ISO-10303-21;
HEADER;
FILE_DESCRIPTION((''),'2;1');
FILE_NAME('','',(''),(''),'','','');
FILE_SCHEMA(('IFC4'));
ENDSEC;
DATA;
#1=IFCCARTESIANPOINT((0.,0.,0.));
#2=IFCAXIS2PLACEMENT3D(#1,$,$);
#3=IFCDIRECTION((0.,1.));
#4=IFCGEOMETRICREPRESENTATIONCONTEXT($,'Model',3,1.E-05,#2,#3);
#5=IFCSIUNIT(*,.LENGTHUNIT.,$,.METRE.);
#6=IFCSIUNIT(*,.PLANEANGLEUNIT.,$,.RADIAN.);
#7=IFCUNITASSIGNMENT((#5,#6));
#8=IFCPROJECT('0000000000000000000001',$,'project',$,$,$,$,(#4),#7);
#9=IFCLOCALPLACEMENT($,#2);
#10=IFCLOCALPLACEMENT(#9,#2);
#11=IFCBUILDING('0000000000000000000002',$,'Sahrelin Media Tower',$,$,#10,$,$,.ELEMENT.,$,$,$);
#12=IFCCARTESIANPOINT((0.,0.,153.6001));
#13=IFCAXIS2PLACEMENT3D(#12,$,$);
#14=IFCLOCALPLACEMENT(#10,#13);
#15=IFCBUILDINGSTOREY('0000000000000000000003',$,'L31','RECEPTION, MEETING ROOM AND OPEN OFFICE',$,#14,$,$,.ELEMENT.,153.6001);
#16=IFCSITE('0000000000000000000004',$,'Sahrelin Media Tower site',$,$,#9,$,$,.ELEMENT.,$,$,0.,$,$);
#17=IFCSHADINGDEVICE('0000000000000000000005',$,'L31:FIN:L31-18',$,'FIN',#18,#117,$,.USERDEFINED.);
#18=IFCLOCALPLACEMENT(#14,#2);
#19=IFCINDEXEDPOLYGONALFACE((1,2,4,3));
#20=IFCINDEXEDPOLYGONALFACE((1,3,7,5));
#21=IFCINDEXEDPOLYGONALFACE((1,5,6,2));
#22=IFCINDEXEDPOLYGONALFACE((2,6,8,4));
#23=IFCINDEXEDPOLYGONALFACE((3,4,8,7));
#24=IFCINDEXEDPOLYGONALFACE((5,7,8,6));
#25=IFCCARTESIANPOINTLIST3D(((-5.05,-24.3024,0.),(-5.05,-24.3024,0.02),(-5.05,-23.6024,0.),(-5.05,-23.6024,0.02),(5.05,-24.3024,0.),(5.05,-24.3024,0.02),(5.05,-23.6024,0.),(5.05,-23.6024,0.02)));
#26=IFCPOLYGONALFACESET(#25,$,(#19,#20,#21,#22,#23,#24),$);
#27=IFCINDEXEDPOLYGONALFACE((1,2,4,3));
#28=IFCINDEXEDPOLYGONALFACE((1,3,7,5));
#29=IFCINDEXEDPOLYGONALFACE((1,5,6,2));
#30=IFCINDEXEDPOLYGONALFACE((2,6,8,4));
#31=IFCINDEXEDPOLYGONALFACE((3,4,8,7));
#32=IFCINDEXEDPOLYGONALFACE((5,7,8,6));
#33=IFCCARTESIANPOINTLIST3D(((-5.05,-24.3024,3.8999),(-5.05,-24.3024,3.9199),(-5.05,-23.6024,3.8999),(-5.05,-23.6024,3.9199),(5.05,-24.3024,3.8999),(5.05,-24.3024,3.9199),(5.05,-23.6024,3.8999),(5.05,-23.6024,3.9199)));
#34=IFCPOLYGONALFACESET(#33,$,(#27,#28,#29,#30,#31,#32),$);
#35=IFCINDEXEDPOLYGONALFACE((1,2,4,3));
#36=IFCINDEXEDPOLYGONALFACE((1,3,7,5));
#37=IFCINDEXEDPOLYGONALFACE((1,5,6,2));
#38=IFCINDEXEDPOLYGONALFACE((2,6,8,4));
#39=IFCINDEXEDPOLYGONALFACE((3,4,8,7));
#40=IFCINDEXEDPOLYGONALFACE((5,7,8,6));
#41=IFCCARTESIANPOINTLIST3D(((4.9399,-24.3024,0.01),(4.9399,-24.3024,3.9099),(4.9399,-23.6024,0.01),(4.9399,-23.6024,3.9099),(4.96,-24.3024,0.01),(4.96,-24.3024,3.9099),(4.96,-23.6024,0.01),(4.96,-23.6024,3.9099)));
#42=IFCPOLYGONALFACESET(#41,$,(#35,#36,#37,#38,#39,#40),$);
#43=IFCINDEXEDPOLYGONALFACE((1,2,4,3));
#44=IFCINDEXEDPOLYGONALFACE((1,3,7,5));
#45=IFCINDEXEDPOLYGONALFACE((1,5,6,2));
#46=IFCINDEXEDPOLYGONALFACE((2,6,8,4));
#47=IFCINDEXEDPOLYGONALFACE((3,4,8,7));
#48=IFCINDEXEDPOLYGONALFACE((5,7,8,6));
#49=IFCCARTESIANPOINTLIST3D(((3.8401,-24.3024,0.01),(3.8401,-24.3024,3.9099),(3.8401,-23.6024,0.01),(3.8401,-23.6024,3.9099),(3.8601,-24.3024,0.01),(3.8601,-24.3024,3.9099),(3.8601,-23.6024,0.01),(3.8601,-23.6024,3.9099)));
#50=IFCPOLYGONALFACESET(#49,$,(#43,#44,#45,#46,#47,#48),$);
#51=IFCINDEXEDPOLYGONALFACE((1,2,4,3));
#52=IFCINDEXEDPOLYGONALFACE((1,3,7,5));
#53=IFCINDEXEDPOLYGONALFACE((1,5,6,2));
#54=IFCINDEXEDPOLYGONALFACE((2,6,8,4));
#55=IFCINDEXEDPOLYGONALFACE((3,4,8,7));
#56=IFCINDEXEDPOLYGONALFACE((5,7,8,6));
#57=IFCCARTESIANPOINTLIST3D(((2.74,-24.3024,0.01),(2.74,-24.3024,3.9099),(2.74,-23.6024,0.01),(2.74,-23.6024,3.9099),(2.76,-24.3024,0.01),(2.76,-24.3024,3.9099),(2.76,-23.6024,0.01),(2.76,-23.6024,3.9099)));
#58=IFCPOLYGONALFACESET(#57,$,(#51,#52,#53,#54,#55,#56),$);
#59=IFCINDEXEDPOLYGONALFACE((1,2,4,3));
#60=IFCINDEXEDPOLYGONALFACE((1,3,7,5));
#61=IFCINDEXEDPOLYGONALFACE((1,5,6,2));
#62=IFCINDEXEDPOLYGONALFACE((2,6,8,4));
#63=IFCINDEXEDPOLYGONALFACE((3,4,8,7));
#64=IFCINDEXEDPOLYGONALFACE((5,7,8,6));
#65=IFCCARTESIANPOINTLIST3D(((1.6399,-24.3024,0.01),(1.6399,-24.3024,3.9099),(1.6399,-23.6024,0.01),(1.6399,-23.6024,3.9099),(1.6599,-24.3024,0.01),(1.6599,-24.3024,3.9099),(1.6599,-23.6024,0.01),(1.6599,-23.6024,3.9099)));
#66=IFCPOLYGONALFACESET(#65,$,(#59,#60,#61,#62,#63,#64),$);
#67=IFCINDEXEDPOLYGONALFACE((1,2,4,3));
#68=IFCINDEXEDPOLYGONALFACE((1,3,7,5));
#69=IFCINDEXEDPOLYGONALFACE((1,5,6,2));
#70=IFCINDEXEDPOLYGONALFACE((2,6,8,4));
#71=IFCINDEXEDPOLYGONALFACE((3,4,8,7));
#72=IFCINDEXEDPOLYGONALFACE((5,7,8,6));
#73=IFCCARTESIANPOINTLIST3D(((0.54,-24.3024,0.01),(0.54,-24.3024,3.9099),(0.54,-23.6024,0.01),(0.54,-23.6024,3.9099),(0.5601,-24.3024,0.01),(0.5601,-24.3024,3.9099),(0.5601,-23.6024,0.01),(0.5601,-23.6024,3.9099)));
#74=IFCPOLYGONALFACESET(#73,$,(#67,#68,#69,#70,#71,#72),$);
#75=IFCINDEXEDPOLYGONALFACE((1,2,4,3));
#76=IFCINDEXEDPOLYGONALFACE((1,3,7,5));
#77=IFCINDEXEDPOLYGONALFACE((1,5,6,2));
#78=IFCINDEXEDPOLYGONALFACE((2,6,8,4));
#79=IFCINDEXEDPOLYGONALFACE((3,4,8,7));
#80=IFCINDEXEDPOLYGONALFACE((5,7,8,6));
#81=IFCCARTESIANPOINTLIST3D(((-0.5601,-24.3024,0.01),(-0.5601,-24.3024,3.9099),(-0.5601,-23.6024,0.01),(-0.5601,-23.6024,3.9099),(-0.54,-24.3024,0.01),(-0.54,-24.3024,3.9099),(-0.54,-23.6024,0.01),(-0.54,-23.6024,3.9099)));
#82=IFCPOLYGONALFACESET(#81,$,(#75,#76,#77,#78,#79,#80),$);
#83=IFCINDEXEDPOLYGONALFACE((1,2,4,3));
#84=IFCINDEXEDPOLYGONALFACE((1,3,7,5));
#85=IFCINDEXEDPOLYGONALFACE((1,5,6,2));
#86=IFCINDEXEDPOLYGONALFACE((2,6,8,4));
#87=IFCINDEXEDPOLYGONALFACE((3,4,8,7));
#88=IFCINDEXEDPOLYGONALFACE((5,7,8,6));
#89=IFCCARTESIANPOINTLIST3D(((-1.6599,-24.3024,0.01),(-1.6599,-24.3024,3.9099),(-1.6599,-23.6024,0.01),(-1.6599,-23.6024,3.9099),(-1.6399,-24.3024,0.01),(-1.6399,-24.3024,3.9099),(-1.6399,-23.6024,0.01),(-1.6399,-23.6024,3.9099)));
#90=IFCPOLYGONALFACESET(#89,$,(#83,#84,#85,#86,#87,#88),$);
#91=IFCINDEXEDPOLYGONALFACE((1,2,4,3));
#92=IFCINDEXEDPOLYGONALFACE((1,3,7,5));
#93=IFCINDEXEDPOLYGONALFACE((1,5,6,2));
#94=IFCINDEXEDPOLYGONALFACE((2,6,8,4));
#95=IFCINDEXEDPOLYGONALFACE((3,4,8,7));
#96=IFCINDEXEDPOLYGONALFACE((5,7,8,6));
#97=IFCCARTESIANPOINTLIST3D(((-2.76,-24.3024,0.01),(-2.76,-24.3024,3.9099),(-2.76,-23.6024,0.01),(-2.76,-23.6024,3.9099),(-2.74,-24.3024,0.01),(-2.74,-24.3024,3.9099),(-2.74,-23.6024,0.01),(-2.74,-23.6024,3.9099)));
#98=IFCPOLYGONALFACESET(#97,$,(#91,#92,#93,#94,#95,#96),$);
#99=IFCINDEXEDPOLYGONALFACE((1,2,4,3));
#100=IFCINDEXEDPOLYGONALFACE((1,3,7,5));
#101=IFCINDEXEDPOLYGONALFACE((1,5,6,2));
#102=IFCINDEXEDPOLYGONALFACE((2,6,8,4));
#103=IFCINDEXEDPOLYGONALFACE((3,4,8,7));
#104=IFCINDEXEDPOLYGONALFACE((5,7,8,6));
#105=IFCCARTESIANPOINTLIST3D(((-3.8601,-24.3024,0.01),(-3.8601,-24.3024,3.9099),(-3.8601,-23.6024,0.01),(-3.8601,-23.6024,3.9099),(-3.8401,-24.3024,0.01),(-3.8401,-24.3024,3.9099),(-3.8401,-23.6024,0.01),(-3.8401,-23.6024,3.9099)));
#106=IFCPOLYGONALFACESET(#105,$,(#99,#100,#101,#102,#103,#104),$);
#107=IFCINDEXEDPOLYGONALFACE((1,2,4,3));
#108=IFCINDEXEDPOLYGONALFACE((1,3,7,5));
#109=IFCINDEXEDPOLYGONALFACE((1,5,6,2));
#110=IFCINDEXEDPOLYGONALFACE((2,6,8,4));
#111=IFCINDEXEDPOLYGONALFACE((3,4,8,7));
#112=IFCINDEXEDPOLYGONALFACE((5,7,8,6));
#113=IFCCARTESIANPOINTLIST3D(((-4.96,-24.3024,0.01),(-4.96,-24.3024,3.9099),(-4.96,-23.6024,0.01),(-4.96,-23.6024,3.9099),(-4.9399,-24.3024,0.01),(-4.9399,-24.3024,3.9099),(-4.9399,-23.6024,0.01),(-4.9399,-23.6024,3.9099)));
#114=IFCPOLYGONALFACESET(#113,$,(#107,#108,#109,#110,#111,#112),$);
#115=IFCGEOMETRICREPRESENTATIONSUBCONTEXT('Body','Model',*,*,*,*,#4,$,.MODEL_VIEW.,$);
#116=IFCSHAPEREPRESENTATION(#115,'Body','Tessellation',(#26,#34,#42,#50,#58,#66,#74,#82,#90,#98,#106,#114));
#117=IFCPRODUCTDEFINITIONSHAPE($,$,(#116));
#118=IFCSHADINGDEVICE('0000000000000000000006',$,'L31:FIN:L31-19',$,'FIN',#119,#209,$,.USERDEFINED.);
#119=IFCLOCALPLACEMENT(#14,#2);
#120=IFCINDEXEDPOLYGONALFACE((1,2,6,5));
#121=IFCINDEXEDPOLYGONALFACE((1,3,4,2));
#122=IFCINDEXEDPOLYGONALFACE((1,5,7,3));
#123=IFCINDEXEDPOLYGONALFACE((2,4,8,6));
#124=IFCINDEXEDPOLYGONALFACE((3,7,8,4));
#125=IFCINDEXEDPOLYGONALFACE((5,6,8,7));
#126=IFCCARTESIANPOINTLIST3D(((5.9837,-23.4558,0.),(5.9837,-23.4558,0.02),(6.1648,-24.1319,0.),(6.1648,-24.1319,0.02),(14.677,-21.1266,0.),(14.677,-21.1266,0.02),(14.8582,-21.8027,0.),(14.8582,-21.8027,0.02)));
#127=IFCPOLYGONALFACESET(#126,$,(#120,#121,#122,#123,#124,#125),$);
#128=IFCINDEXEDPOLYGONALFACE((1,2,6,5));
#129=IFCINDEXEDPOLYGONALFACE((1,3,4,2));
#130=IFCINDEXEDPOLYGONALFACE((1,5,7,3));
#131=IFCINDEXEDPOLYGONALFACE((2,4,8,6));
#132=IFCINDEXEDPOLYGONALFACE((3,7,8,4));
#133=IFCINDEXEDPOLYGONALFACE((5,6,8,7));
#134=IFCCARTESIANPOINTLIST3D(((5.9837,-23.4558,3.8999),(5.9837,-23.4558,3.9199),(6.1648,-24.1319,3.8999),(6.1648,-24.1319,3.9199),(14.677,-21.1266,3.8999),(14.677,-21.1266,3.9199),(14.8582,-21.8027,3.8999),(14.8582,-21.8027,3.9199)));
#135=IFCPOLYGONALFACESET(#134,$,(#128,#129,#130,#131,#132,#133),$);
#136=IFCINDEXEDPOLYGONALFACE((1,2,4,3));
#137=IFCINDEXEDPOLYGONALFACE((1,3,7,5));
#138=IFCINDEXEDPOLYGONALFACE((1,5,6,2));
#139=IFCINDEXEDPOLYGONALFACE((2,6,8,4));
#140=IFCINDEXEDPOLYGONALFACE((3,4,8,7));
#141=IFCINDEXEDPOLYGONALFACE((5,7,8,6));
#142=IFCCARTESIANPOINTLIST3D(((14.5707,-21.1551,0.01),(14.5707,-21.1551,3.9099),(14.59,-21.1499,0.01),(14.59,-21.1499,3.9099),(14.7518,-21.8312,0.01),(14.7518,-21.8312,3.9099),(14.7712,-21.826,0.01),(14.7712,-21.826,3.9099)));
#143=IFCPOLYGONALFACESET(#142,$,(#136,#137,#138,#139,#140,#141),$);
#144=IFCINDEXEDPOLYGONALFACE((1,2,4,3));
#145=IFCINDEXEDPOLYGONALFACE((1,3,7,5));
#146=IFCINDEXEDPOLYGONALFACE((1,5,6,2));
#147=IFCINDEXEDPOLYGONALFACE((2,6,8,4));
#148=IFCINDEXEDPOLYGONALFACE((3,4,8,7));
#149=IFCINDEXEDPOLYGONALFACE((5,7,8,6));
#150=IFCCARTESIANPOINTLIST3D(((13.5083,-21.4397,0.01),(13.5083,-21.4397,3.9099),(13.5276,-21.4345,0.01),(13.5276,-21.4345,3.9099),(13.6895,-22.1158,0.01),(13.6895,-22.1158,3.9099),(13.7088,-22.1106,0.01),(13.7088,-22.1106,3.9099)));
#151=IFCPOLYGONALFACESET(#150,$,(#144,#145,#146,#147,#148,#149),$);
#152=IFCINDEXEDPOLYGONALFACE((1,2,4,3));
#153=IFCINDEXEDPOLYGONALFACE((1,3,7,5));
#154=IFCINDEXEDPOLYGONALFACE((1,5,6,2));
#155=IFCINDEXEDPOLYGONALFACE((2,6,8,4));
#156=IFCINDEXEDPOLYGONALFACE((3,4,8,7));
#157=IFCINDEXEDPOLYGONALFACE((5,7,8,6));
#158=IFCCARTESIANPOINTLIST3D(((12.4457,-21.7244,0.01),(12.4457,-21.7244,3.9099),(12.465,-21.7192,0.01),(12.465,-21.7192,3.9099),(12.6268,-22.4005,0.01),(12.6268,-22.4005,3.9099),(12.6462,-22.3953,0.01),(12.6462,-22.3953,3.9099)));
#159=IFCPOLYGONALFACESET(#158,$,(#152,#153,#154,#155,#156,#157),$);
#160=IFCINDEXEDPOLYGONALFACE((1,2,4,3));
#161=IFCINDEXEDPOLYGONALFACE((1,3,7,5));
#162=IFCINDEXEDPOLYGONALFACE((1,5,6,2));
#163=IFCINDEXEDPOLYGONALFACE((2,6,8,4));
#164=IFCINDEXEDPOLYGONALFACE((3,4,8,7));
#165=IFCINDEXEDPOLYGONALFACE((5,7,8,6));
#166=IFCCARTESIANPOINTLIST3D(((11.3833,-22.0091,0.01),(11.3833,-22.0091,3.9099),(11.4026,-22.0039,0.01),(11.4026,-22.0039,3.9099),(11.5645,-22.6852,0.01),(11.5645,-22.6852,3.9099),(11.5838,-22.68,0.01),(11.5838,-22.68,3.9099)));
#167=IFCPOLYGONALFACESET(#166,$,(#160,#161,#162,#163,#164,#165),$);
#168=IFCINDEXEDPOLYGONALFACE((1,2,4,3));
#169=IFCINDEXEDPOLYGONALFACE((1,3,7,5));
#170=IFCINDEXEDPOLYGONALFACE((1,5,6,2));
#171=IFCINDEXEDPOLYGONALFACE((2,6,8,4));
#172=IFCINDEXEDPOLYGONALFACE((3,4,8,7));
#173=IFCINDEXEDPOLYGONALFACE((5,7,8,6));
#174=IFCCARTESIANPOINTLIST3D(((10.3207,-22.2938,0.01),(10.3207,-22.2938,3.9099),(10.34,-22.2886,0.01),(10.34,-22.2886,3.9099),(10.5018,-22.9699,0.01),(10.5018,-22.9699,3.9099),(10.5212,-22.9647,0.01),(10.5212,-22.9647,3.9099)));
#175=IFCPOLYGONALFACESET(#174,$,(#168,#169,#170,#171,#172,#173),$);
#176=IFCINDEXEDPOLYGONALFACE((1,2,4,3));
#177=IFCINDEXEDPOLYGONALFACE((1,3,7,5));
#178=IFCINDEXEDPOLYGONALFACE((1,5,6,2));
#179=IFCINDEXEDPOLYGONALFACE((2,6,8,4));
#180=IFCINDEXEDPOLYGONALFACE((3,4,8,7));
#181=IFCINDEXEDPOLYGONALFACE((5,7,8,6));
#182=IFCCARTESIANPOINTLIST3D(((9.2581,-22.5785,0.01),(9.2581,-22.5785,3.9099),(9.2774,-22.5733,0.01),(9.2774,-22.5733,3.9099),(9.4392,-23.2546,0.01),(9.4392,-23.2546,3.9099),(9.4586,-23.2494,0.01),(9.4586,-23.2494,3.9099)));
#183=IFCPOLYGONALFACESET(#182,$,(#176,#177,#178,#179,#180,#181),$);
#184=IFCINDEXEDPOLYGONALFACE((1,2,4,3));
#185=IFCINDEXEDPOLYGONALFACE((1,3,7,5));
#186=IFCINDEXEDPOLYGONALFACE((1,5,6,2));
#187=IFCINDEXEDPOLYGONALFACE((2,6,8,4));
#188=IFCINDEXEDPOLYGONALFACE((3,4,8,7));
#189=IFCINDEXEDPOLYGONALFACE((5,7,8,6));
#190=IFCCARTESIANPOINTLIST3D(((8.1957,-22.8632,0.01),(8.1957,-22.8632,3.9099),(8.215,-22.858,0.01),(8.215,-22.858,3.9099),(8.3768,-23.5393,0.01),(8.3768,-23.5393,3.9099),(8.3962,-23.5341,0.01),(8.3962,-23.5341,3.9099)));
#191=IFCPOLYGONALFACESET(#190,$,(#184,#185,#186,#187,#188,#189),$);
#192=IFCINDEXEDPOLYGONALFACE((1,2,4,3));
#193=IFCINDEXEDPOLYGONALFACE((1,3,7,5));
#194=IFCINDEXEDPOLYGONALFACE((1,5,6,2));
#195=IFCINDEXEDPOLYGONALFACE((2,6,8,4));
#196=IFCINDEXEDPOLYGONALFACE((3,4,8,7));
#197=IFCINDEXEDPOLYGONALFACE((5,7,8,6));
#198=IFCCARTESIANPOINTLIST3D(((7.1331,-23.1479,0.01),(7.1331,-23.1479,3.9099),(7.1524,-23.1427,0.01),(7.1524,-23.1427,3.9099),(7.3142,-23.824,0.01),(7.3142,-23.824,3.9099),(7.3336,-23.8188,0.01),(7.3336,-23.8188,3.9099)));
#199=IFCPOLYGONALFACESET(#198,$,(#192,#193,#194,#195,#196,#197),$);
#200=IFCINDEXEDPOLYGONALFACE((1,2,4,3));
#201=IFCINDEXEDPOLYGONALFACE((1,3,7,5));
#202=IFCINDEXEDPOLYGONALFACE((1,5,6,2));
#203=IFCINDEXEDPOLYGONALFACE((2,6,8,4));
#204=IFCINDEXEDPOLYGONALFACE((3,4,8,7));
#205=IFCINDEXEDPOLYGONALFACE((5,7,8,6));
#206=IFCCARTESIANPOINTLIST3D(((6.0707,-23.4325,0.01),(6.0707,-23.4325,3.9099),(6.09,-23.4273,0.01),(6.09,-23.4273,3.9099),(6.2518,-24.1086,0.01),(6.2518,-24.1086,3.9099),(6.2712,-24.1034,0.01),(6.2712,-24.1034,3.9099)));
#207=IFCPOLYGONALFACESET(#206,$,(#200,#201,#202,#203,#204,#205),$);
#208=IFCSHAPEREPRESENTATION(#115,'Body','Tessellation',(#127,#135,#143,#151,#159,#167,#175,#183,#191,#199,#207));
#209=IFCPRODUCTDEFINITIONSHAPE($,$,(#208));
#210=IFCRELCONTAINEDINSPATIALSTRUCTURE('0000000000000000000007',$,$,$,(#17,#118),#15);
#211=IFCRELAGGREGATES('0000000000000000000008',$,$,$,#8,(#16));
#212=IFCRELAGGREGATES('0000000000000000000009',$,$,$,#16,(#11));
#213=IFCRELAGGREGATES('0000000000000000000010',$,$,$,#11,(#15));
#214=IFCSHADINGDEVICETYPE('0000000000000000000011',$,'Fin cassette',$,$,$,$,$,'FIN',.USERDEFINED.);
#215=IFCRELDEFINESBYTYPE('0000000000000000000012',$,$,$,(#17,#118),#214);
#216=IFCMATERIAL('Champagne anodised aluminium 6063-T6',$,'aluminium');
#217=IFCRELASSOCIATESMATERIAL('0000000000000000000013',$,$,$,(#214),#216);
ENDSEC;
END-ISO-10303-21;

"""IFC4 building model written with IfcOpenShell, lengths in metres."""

from ifc_helpers import new_model, si_unit, direction, frame, origin, origin_2d, place, context, subcontext, project, spatial, rectangle, extrude, material, type_object, element, save


model = new_model("IFC4")

# Units and contexts
model_context = context("Model", 3, precision=1e-05, world=origin(), true_north=direction((0.0, 1.0)))
body_context = subcontext(model_context, "Body", "Model", "MODEL_VIEW")
ifc_project = project(units=[si_unit("LENGTHUNIT", "METRE"), si_unit("PLANEANGLEUNIT", "RADIAN")], contexts=[model_context])

# Site, building, storey
site_placement = place(None, origin())
site = spatial("IfcSite", under=ifc_project, at=site_placement, Name="Sahrelin Media Tower site", CompositionType="ELEMENT", RefElevation=0.0)
building_placement = place(site_placement, origin())
building = spatial("IfcBuilding", under=site, at=building_placement, Name="Sahrelin Media Tower", CompositionType="ELEMENT")
storey_placement = place(building_placement, frame((0.0, 0.0, 153.6001)))
storey = spatial("IfcBuildingStorey", under=building, at=storey_placement, Name="L31", Description="RECEPTION, MEETING ROOM AND OPEN OFFICE", CompositionType="ELEMENT", Elevation=153.6001)

# Shared definitions
ifc_material_1 = material(Name="Champagne anodised aluminium 6063-T6", Category="aluminium")

# Shading devices
shading_device_type_1 = type_object("IfcShadingDeviceType", Name="Fin cassette", ElementType="FIN", PredefinedType="USERDEFINED", material=ifc_material_1)
placement_1 = place(storey_placement, frame((0.0, -23.5325, 0.0), z_axis=(0.0, 0.0, 1.0), x_axis=(-1.0, 0.0, 0.0)))
element("IfcShadingDevice", 1, at=placement_1, inside=storey, type_object=shading_device_type_1, Name="L31:FIN:L31-18", ObjectType="FIN", PredefinedType="USERDEFINED", context=body_context, shape_type="SweptSolid", body=[
    extrude(rectangle(XDim=10.1001, YDim=0.7, at=origin_2d()), frame((0.0, 0.4199, 0.0)), (0.0, 0.0, 1.0), 0.02),
    extrude(rectangle(XDim=10.1001, YDim=0.7, at=origin_2d()), frame((0.0, 0.4199, 3.8999)), (0.0, 0.0, 1.0), 0.02),
    extrude(rectangle(XDim=0.02, YDim=0.7, at=origin_2d()), frame((-4.95, 0.4199, 0.01), z_axis=(0.0, 0.0, 1.0), x_axis=(1.0, 0.0, 0.0)), (0.0, 0.0, 1.0), 3.8999),
    extrude(rectangle(XDim=0.02, YDim=0.7, at=origin_2d()), frame((-3.8501, 0.4199, 0.01), z_axis=(0.0, 0.0, 1.0), x_axis=(1.0, 0.0, 0.0)), (0.0, 0.0, 1.0), 3.8999),
    extrude(rectangle(XDim=0.02, YDim=0.7, at=origin_2d()), frame((-2.75, 0.4199, 0.01), z_axis=(0.0, 0.0, 1.0), x_axis=(1.0, 0.0, 0.0)), (0.0, 0.0, 1.0), 3.8999),
    extrude(rectangle(XDim=0.02, YDim=0.7, at=origin_2d()), frame((-1.6499, 0.4199, 0.01), z_axis=(0.0, 0.0, 1.0), x_axis=(1.0, 0.0, 0.0)), (0.0, 0.0, 1.0), 3.8999),
    extrude(rectangle(XDim=0.02, YDim=0.7, at=origin_2d()), frame((-0.55, 0.4199, 0.01), z_axis=(0.0, 0.0, 1.0), x_axis=(1.0, 0.0, 0.0)), (0.0, 0.0, 1.0), 3.8999),
    extrude(rectangle(XDim=0.02, YDim=0.7, at=origin_2d()), frame((0.55, 0.4199, 0.01), z_axis=(0.0, 0.0, 1.0), x_axis=(1.0, 0.0, 0.0)), (0.0, 0.0, 1.0), 3.8999),
    extrude(rectangle(XDim=0.02, YDim=0.7, at=origin_2d()), frame((1.6499, 0.4199, 0.01), z_axis=(0.0, 0.0, 1.0), x_axis=(1.0, 0.0, 0.0)), (0.0, 0.0, 1.0), 3.8999),
    extrude(rectangle(XDim=0.02, YDim=0.7, at=origin_2d()), frame((2.75, 0.4199, 0.01), z_axis=(0.0, 0.0, 1.0), x_axis=(1.0, 0.0, 0.0)), (0.0, 0.0, 1.0), 3.8999),
    extrude(rectangle(XDim=0.02, YDim=0.7, at=origin_2d()), frame((3.8501, 0.4199, 0.01), z_axis=(0.0, 0.0, 1.0), x_axis=(1.0, 0.0, 0.0)), (0.0, 0.0, 1.0), 3.8999),
    extrude(rectangle(XDim=0.02, YDim=0.7, at=origin_2d()), frame((4.95, 0.4199, 0.01), z_axis=(0.0, 0.0, 1.0), x_axis=(1.0, 0.0, 0.0)), (0.0, 0.0, 1.0), 3.8999),
])
placement_2 = place(storey_placement, frame((10.3123, -22.2236, 0.0), z_axis=(0.0, 0.0, 1.0), x_axis=(-0.965929, -0.258808, 0.0)))
element("IfcShadingDevice", 2, at=placement_2, inside=storey, type_object=shading_device_type_1, Name="L31:FIN:L31-19", ObjectType="FIN", PredefinedType="USERDEFINED", context=body_context, shape_type="SweptSolid", body=[
    extrude(rectangle(XDim=9.0, YDim=0.7, at=origin_2d()), frame((0.0, 0.4199, 0.0)), (0.0, 0.0, 1.0), 0.02),
    extrude(rectangle(XDim=9.0, YDim=0.7, at=origin_2d()), frame((0.0, 0.4199, 3.8999)), (0.0, 0.0, 1.0), 0.02),
    extrude(rectangle(XDim=0.02, YDim=0.7, at=origin_2d()), frame((-4.3999, 0.4199, 0.01), z_axis=(0.0, 0.0, 1.0), x_axis=(1.0, 0.0, 0.0)), (0.0, 0.0, 1.0), 3.8999),
    extrude(rectangle(XDim=0.02, YDim=0.7, at=origin_2d()), frame((-3.3, 0.4199, 0.01), z_axis=(0.0, 0.0, 1.0), x_axis=(1.0, 0.0, 0.0)), (0.0, 0.0, 1.0), 3.8999),
    extrude(rectangle(XDim=0.02, YDim=0.7, at=origin_2d()), frame((-2.2, 0.4199, 0.01), z_axis=(0.0, 0.0, 1.0), x_axis=(1.0, 0.0, 0.0)), (0.0, 0.0, 1.0), 3.8999),
    extrude(rectangle(XDim=0.02, YDim=0.7, at=origin_2d()), frame((-1.1001, 0.4199, 0.01), z_axis=(0.0, 0.0, 1.0), x_axis=(1.0, 0.0, 0.0)), (0.0, 0.0, 1.0), 3.8999),
    extrude(rectangle(XDim=0.02, YDim=0.7, at=origin_2d()), frame((0.0, 0.4199, 0.01), z_axis=(0.0, 0.0, 1.0), x_axis=(1.0, 0.0, 0.0)), (0.0, 0.0, 1.0), 3.8999),
    extrude(rectangle(XDim=0.02, YDim=0.7, at=origin_2d()), frame((1.1001, 0.4199, 0.01), z_axis=(0.0, 0.0, 1.0), x_axis=(1.0, 0.0, 0.0)), (0.0, 0.0, 1.0), 3.8999),
    extrude(rectangle(XDim=0.02, YDim=0.7, at=origin_2d()), frame((2.2, 0.4199, 0.01), z_axis=(0.0, 0.0, 1.0), x_axis=(1.0, 0.0, 0.0)), (0.0, 0.0, 1.0), 3.8999),
    extrude(rectangle(XDim=0.02, YDim=0.7, at=origin_2d()), frame((3.3, 0.4199, 0.01), z_axis=(0.0, 0.0, 1.0), x_axis=(1.0, 0.0, 0.0)), (0.0, 0.0, 1.0), 3.8999),
    extrude(rectangle(XDim=0.02, YDim=0.7, at=origin_2d()), frame((4.3999, 0.4199, 0.01), z_axis=(0.0, 0.0, 1.0), x_axis=(1.0, 0.0, 0.0)), (0.0, 0.0, 1.0), 3.8999),
])

save(model, "model.ifc")
